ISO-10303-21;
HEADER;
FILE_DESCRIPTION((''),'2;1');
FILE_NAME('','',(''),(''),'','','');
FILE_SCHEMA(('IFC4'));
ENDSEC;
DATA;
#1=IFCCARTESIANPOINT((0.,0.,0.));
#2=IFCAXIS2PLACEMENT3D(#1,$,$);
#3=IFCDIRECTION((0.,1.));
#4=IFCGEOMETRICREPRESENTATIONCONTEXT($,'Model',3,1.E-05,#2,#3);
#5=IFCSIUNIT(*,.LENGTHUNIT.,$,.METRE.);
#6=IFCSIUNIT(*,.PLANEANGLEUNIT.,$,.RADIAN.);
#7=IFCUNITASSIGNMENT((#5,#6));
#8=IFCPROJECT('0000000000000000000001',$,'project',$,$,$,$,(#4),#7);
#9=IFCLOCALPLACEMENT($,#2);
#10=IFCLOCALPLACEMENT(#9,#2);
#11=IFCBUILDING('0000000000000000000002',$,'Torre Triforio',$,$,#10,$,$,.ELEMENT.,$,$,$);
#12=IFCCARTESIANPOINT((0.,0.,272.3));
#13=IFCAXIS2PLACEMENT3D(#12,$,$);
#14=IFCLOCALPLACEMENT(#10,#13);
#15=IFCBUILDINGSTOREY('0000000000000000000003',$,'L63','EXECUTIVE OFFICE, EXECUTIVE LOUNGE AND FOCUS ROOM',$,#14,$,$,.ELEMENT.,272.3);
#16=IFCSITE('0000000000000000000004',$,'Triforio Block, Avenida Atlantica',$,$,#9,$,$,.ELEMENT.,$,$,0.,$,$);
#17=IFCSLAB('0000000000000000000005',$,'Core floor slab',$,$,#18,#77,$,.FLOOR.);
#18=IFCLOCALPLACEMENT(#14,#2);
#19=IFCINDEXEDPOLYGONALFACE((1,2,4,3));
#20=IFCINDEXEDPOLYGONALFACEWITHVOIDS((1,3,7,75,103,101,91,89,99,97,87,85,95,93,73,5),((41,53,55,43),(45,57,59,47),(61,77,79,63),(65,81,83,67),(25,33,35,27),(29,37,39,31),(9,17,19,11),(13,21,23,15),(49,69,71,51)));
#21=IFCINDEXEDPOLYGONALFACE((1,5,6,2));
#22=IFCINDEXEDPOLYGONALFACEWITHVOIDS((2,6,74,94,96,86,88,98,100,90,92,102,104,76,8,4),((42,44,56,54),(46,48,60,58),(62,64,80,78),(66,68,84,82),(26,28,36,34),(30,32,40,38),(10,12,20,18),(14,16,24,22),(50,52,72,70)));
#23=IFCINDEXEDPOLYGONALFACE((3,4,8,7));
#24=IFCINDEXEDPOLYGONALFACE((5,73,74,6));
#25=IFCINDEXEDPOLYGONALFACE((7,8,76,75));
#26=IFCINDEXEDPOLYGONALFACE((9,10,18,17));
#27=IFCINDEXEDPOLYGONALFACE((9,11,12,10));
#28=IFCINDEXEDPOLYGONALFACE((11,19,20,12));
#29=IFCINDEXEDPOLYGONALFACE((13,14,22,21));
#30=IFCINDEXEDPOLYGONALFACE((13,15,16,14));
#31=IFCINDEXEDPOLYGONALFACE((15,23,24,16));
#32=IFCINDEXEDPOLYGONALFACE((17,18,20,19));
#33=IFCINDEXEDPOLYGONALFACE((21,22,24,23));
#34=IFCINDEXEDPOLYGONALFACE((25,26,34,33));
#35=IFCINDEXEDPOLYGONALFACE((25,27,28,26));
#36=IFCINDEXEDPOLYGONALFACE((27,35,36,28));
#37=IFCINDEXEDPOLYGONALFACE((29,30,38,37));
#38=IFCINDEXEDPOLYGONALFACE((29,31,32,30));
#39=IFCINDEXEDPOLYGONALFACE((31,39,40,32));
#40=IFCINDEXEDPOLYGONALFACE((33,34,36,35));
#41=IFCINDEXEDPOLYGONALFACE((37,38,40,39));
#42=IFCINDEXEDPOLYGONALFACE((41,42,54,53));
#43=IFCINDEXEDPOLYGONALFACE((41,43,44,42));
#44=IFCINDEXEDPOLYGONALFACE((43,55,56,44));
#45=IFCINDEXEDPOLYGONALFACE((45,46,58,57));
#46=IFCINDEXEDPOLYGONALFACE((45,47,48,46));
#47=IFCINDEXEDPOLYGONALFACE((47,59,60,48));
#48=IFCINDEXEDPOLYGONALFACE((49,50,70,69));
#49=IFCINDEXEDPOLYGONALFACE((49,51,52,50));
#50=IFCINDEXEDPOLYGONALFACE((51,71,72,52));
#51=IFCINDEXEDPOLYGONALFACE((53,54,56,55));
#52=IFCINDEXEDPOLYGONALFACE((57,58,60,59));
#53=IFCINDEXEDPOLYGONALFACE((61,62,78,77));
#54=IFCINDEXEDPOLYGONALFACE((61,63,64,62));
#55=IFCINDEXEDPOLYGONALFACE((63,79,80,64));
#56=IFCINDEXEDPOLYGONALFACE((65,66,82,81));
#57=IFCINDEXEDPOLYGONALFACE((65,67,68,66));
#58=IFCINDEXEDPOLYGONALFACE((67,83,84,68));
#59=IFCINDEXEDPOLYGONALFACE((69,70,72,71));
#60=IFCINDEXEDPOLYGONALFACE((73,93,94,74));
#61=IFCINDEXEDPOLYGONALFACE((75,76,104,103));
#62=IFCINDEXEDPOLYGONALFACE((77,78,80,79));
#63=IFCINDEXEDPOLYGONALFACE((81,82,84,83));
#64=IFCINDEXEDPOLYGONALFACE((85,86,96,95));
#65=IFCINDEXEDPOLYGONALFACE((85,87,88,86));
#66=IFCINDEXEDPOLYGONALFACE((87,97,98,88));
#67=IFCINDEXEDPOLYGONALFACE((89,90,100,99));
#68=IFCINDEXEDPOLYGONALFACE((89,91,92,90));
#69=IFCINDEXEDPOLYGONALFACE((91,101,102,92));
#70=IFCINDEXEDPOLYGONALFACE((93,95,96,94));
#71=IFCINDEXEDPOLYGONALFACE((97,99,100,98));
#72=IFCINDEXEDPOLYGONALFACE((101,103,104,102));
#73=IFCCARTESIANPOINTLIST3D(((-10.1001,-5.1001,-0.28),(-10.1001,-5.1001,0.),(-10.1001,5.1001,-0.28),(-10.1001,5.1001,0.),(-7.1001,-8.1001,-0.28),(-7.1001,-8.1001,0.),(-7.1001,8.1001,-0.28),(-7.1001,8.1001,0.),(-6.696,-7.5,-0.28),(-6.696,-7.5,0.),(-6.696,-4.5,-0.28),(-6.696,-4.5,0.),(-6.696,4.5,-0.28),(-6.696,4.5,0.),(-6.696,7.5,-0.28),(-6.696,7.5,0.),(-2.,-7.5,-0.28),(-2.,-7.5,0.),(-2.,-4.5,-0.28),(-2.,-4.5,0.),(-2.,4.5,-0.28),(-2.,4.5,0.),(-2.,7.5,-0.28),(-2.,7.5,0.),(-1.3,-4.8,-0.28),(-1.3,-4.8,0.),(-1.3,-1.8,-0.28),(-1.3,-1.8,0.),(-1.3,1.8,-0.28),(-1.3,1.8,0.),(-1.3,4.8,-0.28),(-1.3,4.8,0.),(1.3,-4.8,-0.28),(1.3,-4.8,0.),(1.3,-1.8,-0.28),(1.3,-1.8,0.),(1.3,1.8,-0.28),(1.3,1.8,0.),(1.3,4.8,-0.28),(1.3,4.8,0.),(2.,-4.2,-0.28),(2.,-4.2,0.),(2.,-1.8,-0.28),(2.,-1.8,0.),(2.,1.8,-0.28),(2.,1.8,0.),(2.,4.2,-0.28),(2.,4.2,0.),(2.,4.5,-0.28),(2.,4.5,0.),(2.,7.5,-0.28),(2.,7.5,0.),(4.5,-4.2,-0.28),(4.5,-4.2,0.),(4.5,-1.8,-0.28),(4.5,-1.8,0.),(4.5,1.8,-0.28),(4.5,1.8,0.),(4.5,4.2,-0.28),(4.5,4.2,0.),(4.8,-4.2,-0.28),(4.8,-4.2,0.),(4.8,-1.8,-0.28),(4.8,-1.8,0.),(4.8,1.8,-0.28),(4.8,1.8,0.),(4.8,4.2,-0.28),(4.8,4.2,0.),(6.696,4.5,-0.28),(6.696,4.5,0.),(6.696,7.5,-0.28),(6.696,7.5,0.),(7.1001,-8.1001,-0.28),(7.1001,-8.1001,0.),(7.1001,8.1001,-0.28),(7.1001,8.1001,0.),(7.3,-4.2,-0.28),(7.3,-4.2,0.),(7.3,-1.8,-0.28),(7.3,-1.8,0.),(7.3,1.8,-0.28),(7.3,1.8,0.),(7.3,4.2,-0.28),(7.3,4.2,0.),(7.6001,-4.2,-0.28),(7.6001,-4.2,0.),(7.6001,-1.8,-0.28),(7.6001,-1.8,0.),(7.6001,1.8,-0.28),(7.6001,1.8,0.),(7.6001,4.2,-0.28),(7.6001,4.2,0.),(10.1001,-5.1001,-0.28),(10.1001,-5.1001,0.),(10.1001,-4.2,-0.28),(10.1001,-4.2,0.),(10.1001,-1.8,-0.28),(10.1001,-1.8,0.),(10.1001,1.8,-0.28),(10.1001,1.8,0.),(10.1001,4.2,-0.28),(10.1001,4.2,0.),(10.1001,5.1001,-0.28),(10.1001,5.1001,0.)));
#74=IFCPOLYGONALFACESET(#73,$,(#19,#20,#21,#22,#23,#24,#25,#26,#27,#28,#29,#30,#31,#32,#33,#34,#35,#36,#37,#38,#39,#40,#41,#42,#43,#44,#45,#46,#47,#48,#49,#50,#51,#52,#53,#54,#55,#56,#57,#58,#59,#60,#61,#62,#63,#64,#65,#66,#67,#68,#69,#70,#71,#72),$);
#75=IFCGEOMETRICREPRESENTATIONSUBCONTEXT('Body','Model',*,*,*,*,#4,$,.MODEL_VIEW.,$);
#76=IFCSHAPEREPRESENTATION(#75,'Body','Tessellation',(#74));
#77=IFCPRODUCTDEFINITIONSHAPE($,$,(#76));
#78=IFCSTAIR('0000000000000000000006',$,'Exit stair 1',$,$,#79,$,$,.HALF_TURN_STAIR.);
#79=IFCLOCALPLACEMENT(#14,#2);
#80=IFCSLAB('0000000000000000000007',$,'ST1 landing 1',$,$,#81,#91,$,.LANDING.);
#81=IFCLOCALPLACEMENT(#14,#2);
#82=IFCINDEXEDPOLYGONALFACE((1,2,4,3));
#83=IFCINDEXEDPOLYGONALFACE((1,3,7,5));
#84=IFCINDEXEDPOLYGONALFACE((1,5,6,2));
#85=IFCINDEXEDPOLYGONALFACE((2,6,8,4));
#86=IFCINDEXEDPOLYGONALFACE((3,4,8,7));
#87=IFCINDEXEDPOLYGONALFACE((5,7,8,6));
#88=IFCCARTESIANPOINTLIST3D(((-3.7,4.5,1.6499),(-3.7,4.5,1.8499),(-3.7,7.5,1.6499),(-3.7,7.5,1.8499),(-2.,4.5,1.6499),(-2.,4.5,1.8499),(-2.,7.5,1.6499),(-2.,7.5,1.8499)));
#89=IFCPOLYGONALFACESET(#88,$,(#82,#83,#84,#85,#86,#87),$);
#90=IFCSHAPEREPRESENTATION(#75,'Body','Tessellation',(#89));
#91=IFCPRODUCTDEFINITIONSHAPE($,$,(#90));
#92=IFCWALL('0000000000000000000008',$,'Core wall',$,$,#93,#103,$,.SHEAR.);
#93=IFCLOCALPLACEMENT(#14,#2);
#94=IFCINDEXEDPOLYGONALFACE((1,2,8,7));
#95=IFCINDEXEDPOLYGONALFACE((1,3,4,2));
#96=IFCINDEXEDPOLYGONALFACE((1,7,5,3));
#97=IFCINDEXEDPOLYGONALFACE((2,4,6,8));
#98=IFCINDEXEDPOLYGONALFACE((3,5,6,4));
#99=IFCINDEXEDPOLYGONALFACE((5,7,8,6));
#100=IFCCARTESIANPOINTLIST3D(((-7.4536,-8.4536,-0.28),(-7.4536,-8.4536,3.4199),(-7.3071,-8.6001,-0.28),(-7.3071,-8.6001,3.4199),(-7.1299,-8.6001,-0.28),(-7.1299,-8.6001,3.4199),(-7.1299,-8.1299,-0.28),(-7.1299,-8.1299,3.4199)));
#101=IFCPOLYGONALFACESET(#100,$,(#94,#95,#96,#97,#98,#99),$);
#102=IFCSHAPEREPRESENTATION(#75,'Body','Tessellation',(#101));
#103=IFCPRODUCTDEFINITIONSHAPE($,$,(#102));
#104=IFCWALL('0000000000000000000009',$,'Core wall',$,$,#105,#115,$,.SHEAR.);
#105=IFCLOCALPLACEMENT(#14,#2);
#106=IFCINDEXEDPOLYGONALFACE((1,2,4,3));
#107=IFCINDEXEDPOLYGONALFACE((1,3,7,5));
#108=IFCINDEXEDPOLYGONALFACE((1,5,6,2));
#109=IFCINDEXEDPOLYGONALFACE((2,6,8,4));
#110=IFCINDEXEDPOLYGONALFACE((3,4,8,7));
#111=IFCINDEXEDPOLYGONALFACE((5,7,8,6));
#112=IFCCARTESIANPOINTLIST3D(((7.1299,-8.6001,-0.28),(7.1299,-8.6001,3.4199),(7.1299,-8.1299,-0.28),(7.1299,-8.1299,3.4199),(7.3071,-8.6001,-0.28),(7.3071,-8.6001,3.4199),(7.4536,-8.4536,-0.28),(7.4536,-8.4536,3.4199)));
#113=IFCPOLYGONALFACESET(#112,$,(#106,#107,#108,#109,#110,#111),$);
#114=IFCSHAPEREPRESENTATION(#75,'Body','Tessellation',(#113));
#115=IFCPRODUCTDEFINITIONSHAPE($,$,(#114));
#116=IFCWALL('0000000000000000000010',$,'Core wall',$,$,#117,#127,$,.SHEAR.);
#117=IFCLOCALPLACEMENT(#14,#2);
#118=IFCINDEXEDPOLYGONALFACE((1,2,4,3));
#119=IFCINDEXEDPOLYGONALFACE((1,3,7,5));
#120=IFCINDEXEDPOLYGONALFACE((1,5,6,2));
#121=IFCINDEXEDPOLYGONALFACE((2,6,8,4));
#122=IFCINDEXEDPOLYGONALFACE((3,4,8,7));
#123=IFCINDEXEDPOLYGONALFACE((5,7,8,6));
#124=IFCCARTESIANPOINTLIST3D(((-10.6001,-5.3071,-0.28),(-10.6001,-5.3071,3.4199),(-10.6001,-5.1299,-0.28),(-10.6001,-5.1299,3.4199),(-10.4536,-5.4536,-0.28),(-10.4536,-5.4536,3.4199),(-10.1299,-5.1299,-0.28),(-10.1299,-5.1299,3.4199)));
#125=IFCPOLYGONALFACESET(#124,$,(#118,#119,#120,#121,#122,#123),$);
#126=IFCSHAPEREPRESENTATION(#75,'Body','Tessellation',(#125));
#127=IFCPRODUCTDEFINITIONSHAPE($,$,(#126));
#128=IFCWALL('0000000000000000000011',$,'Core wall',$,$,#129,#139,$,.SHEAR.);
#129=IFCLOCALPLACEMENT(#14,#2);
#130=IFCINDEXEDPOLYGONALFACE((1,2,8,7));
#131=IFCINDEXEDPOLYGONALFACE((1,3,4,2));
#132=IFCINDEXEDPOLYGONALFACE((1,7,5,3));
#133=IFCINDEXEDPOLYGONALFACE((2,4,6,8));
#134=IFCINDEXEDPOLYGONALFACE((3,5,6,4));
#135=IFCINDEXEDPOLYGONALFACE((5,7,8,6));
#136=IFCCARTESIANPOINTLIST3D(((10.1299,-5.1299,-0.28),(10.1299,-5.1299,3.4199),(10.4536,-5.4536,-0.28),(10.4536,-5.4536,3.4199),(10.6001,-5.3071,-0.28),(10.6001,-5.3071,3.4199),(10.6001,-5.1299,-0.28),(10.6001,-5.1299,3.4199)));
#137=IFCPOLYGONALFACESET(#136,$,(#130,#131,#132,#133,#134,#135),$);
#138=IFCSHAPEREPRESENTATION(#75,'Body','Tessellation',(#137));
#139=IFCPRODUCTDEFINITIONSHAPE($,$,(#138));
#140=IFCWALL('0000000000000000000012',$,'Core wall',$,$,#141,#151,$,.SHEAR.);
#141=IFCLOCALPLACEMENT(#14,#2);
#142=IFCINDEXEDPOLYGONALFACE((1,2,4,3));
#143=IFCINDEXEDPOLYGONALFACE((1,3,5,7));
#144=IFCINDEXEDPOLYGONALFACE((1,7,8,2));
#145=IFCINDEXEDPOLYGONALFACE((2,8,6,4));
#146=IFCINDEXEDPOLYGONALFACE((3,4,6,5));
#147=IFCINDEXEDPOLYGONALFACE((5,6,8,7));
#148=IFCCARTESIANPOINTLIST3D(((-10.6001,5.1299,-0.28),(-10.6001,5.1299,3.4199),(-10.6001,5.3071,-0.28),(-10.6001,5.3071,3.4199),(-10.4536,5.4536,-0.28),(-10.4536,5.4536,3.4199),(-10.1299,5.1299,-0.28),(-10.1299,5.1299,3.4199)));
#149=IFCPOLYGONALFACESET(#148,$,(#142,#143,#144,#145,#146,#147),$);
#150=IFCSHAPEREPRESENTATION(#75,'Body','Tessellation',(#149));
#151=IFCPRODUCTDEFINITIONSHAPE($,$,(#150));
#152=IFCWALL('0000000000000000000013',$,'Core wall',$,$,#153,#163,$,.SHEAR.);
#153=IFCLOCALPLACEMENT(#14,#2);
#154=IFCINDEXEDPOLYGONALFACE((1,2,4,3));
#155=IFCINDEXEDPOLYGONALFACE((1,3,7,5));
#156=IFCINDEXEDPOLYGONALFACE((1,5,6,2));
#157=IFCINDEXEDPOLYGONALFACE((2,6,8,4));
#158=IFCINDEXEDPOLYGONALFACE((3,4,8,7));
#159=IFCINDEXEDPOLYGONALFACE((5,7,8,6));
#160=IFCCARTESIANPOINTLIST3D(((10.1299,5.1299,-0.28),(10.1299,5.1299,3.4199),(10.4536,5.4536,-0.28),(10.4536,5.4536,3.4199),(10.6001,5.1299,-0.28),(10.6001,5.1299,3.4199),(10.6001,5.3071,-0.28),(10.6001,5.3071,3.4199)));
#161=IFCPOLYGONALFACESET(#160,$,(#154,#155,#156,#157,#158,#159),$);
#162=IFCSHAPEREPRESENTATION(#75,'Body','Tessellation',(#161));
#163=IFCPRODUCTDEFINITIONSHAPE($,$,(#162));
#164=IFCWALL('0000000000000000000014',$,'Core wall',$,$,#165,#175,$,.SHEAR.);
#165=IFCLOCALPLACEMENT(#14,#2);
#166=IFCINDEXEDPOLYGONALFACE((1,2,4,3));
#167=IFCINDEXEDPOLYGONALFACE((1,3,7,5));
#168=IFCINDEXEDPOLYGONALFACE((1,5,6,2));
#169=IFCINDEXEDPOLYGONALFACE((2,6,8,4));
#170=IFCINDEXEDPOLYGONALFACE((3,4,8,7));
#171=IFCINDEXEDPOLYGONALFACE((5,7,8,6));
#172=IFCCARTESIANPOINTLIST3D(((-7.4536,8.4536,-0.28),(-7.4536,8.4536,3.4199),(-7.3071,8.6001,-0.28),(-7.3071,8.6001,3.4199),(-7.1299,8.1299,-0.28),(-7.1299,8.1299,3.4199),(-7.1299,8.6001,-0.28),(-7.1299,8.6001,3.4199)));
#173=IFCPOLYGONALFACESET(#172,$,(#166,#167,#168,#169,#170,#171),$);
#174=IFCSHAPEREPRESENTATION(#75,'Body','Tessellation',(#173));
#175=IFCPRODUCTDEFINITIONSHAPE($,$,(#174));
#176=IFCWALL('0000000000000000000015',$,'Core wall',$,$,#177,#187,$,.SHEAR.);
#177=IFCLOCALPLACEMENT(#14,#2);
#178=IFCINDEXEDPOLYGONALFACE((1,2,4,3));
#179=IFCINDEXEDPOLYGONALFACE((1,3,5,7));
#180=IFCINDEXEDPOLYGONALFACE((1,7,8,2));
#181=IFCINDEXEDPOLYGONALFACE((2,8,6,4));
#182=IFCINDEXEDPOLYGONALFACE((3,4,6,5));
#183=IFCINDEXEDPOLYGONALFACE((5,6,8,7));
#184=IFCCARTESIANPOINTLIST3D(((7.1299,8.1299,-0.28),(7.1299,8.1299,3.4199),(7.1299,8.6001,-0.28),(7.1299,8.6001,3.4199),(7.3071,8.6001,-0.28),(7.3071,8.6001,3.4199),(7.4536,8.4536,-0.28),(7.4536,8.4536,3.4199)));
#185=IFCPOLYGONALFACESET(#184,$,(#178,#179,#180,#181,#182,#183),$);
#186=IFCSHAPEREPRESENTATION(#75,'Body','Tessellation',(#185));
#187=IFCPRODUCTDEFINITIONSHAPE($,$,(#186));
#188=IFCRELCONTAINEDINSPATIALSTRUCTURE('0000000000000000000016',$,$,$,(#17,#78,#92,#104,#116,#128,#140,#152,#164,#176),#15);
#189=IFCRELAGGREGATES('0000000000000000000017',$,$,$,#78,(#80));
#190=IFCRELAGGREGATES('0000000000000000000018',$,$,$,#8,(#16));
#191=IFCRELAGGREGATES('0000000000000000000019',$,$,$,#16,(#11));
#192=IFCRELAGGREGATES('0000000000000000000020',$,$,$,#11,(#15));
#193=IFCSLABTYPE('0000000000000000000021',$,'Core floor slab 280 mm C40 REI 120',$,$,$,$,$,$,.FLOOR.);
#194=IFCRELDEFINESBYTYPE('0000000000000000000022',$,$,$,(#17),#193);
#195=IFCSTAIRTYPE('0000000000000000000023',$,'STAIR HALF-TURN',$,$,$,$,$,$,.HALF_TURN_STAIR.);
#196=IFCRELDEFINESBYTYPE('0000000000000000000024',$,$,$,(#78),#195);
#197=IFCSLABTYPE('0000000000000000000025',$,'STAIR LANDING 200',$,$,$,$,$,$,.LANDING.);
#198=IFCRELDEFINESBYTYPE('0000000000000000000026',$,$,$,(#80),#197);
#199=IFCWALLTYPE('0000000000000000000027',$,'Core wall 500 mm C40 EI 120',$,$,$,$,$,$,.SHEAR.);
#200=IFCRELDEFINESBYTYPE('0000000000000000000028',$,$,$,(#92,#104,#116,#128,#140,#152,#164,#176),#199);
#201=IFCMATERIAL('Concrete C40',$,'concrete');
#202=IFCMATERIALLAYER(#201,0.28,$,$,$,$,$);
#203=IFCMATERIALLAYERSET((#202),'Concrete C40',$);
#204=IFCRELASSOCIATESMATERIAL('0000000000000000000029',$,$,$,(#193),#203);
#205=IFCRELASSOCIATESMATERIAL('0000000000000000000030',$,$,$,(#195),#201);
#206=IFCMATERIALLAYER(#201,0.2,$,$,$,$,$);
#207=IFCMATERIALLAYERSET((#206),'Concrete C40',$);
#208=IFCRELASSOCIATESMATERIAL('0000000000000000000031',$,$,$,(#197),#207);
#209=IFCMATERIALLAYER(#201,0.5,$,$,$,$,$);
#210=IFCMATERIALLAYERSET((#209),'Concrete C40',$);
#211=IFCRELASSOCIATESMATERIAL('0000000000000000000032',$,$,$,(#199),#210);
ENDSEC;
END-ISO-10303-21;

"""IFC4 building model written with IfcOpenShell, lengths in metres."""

from ifc_helpers import new_model, si_unit, direction, frame, origin, place, context, subcontext, project, spatial, polyline, outline, extrude, material, layer, layer_set, type_object, element, aggregate, save


model = new_model("IFC4")

# Units and contexts
model_context = context("Model", 3, precision=1e-05, world=origin(), true_north=direction((0.0, 1.0)))
body_context = subcontext(model_context, "Body", "Model", "MODEL_VIEW")
ifc_project = project(units=[si_unit("LENGTHUNIT", "METRE"), si_unit("PLANEANGLEUNIT", "RADIAN")], contexts=[model_context])

# Site, building, storey
site_placement = place(None, origin())
site = spatial("IfcSite", under=ifc_project, at=site_placement, Name="Triforio Block, Avenida Atlantica", CompositionType="ELEMENT", RefElevation=0.0)
building_placement = place(site_placement, origin())
building = spatial("IfcBuilding", under=site, at=building_placement, Name="Torre Triforio", CompositionType="ELEMENT")
storey_placement = place(building_placement, frame((0.0, 0.0, 272.3)))
storey = spatial("IfcBuildingStorey", under=building, at=storey_placement, Name="L63", Description="EXECUTIVE OFFICE, EXECUTIVE LOUNGE AND FOCUS ROOM", CompositionType="ELEMENT", Elevation=272.3)

# Slab
ifc_material_1 = material(Name="Concrete C40", Category="concrete")
ifc_layer_1 = layer(ifc_material_1, 0.28)
ifc_layer_set_1 = layer_set([ifc_layer_1], Name="Concrete C40")
slab_type_1 = type_object("IfcSlabType", Name="Core floor slab 280 mm C40 REI 120", PredefinedType="FLOOR", material=ifc_layer_set_1)
slab_1_placement = place(storey_placement, frame((0.0, 0.0, -0.28)))
element("IfcSlab", 1, at=slab_1_placement, inside=storey, type_object=slab_type_1, Name="Core floor slab", PredefinedType="FLOOR", context=body_context, shape_type="SweptSolid", body=[
    extrude(outline(polyline([(10.1001, -5.1001), (7.1001, -8.1001), (-7.1001, -8.1001), (-10.1001, -5.1001), (-10.1001, 5.1001), (-7.1001, 8.1001), (7.1001, 8.1001), (10.1001, 5.1001), (10.1001, 4.2), (7.6001, 4.2), (7.6001, 1.8), (10.1001, 1.8), (10.1001, -1.8), (7.6001, -1.8), (7.6001, -4.2), (10.1001, -4.2), (10.1001, -5.1001)]), holes=[polyline([(-6.696, -4.5), (-6.696, -7.5), (-2.0, -7.5), (-2.0, -4.5), (-6.696, -4.5)]), polyline([(-1.3, -1.8), (-1.3, -4.8), (1.3, -4.8), (1.3, -1.8), (-1.3, -1.8)]), polyline([(2.0, -1.8), (2.0, -4.2), (4.5, -4.2), (4.5, -1.8), (2.0, -1.8)]), polyline([(4.5, 4.2), (2.0, 4.2), (2.0, 1.8), (4.5, 1.8), (4.5, 4.2)]), polyline([(1.3, 4.8), (-1.3, 4.8), (-1.3, 1.8), (1.3, 1.8), (1.3, 4.8)]), polyline([(-6.696, 7.5), (-6.696, 4.5), (-2.0, 4.5), (-2.0, 7.5), (-6.696, 7.5)]), polyline([(7.3, -1.8), (4.8, -1.8), (4.8, -4.2), (7.3, -4.2), (7.3, -1.8)]), polyline([(4.8, 4.2), (4.8, 1.8), (7.3, 1.8), (7.3, 4.2), (4.8, 4.2)]), polyline([(6.696, 7.5), (2.0, 7.5), (2.0, 4.5), (6.696, 4.5), (6.696, 7.5)])]), origin(), (0.0, 0.0, 1.0), 0.28),
])

# Stair, slab
stair_type = type_object("IfcStairType", Name="STAIR HALF-TURN", PredefinedType="HALF_TURN_STAIR", material=ifc_material_1)
stair_placement = place(storey_placement, origin())
stair = element("IfcStair", 2, at=stair_placement, inside=storey, type_object=stair_type, Name="Exit stair 1", PredefinedType="HALF_TURN_STAIR")
ifc_layer_2 = layer(ifc_material_1, 0.2)
ifc_layer_set_2 = layer_set([ifc_layer_2], Name="Concrete C40")
slab_type_2 = type_object("IfcSlabType", Name="STAIR LANDING 200", PredefinedType="LANDING", material=ifc_layer_set_2)
slab_2_placement = place(storey_placement, frame((0.0, 0.0, 1.6499)))
slab_2 = element("IfcSlab", 3, at=slab_2_placement, type_object=slab_type_2, Name="ST1 landing 1", PredefinedType="LANDING", context=body_context, shape_type="SweptSolid", body=[
    extrude(outline(polyline([(-2.0, 4.5), (-2.0, 7.5), (-3.7, 7.5), (-3.7, 4.5), (-2.0, 4.5)])), origin(), (0.0, 0.0, 1.0), 0.2),
])
aggregate(stair, [slab_2])

# Walls
ifc_layer_3 = layer(ifc_material_1, 0.5)
ifc_layer_set_3 = layer_set([ifc_layer_3], Name="Concrete C40")
wall_type_1 = type_object("IfcWallType", Name="Core wall 500 mm C40 EI 120", PredefinedType="SHEAR", material=ifc_layer_set_3)
wall_1_placement = place(storey_placement, frame((0.0, 0.0, -0.28)))
element("IfcWall", 4, at=wall_1_placement, inside=storey, type_object=wall_type_1, Name="Core wall", PredefinedType="SHEAR", context=body_context, shape_type="SweptSolid", body=[
    extrude(outline(polyline([(-7.3071, -8.6001), (-7.4536, -8.4536), (-7.1299, -8.1299), (-7.1299, -8.6001), (-7.3071, -8.6001)])), origin(), (0.0, 0.0, 1.0), 3.7),
])
wall_2_placement = place(storey_placement, frame((0.0, 0.0, -0.28)))
element("IfcWall", 5, at=wall_2_placement, inside=storey, type_object=wall_type_1, Name="Core wall", PredefinedType="SHEAR", context=body_context, shape_type="SweptSolid", body=[
    extrude(outline(polyline([(7.3071, -8.6001), (7.1299, -8.6001), (7.1299, -8.1299), (7.4536, -8.4536), (7.3071, -8.6001)])), origin(), (0.0, 0.0, 1.0), 3.7),
])
wall_3_placement = place(storey_placement, frame((0.0, 0.0, -0.28)))
element("IfcWall", 6, at=wall_3_placement, inside=storey, type_object=wall_type_1, Name="Core wall", PredefinedType="SHEAR", context=body_context, shape_type="SweptSolid", body=[
    extrude(outline(polyline([(-10.6001, -5.3071), (-10.6001, -5.1299), (-10.1299, -5.1299), (-10.4536, -5.4536), (-10.6001, -5.3071)])), origin(), (0.0, 0.0, 1.0), 3.7),
])
wall_4_placement = place(storey_placement, frame((0.0, 0.0, -0.28)))
element("IfcWall", 7, at=wall_4_placement, inside=storey, type_object=wall_type_1, Name="Core wall", PredefinedType="SHEAR", context=body_context, shape_type="SweptSolid", body=[
    extrude(outline(polyline([(10.6001, -5.3071), (10.4536, -5.4536), (10.1299, -5.1299), (10.6001, -5.1299), (10.6001, -5.3071)])), origin(), (0.0, 0.0, 1.0), 3.7),
])
wall_5_placement = place(storey_placement, frame((0.0, 0.0, -0.28)))
element("IfcWall", 8, at=wall_5_placement, inside=storey, type_object=wall_type_1, Name="Core wall", PredefinedType="SHEAR", context=body_context, shape_type="SweptSolid", body=[
    extrude(outline(polyline([(-10.4536, 5.4536), (-10.1299, 5.1299), (-10.6001, 5.1299), (-10.6001, 5.3071), (-10.4536, 5.4536)])), origin(), (0.0, 0.0, 1.0), 3.7),
])
wall_6_placement = place(storey_placement, frame((0.0, 0.0, -0.28)))
element("IfcWall", 9, at=wall_6_placement, inside=storey, type_object=wall_type_1, Name="Core wall", PredefinedType="SHEAR", context=body_context, shape_type="SweptSolid", body=[
    extrude(outline(polyline([(10.6001, 5.3071), (10.6001, 5.1299), (10.1299, 5.1299), (10.4536, 5.4536), (10.6001, 5.3071)])), origin(), (0.0, 0.0, 1.0), 3.7),
])
wall_7_placement = place(storey_placement, frame((0.0, 0.0, -0.28)))
element("IfcWall", 10, at=wall_7_placement, inside=storey, type_object=wall_type_1, Name="Core wall", PredefinedType="SHEAR", context=body_context, shape_type="SweptSolid", body=[
    extrude(outline(polyline([(-7.3071, 8.6001), (-7.1299, 8.6001), (-7.1299, 8.1299), (-7.4536, 8.4536), (-7.3071, 8.6001)])), origin(), (0.0, 0.0, 1.0), 3.7),
])
wall_8_placement = place(storey_placement, frame((0.0, 0.0, -0.28)))
element("IfcWall", 11, at=wall_8_placement, inside=storey, type_object=wall_type_1, Name="Core wall", PredefinedType="SHEAR", context=body_context, shape_type="SweptSolid", body=[
    extrude(outline(polyline([(7.3071, 8.6001), (7.4536, 8.4536), (7.1299, 8.1299), (7.1299, 8.6001), (7.3071, 8.6001)])), origin(), (0.0, 0.0, 1.0), 3.7),
])

save(model, "model.ifc")
